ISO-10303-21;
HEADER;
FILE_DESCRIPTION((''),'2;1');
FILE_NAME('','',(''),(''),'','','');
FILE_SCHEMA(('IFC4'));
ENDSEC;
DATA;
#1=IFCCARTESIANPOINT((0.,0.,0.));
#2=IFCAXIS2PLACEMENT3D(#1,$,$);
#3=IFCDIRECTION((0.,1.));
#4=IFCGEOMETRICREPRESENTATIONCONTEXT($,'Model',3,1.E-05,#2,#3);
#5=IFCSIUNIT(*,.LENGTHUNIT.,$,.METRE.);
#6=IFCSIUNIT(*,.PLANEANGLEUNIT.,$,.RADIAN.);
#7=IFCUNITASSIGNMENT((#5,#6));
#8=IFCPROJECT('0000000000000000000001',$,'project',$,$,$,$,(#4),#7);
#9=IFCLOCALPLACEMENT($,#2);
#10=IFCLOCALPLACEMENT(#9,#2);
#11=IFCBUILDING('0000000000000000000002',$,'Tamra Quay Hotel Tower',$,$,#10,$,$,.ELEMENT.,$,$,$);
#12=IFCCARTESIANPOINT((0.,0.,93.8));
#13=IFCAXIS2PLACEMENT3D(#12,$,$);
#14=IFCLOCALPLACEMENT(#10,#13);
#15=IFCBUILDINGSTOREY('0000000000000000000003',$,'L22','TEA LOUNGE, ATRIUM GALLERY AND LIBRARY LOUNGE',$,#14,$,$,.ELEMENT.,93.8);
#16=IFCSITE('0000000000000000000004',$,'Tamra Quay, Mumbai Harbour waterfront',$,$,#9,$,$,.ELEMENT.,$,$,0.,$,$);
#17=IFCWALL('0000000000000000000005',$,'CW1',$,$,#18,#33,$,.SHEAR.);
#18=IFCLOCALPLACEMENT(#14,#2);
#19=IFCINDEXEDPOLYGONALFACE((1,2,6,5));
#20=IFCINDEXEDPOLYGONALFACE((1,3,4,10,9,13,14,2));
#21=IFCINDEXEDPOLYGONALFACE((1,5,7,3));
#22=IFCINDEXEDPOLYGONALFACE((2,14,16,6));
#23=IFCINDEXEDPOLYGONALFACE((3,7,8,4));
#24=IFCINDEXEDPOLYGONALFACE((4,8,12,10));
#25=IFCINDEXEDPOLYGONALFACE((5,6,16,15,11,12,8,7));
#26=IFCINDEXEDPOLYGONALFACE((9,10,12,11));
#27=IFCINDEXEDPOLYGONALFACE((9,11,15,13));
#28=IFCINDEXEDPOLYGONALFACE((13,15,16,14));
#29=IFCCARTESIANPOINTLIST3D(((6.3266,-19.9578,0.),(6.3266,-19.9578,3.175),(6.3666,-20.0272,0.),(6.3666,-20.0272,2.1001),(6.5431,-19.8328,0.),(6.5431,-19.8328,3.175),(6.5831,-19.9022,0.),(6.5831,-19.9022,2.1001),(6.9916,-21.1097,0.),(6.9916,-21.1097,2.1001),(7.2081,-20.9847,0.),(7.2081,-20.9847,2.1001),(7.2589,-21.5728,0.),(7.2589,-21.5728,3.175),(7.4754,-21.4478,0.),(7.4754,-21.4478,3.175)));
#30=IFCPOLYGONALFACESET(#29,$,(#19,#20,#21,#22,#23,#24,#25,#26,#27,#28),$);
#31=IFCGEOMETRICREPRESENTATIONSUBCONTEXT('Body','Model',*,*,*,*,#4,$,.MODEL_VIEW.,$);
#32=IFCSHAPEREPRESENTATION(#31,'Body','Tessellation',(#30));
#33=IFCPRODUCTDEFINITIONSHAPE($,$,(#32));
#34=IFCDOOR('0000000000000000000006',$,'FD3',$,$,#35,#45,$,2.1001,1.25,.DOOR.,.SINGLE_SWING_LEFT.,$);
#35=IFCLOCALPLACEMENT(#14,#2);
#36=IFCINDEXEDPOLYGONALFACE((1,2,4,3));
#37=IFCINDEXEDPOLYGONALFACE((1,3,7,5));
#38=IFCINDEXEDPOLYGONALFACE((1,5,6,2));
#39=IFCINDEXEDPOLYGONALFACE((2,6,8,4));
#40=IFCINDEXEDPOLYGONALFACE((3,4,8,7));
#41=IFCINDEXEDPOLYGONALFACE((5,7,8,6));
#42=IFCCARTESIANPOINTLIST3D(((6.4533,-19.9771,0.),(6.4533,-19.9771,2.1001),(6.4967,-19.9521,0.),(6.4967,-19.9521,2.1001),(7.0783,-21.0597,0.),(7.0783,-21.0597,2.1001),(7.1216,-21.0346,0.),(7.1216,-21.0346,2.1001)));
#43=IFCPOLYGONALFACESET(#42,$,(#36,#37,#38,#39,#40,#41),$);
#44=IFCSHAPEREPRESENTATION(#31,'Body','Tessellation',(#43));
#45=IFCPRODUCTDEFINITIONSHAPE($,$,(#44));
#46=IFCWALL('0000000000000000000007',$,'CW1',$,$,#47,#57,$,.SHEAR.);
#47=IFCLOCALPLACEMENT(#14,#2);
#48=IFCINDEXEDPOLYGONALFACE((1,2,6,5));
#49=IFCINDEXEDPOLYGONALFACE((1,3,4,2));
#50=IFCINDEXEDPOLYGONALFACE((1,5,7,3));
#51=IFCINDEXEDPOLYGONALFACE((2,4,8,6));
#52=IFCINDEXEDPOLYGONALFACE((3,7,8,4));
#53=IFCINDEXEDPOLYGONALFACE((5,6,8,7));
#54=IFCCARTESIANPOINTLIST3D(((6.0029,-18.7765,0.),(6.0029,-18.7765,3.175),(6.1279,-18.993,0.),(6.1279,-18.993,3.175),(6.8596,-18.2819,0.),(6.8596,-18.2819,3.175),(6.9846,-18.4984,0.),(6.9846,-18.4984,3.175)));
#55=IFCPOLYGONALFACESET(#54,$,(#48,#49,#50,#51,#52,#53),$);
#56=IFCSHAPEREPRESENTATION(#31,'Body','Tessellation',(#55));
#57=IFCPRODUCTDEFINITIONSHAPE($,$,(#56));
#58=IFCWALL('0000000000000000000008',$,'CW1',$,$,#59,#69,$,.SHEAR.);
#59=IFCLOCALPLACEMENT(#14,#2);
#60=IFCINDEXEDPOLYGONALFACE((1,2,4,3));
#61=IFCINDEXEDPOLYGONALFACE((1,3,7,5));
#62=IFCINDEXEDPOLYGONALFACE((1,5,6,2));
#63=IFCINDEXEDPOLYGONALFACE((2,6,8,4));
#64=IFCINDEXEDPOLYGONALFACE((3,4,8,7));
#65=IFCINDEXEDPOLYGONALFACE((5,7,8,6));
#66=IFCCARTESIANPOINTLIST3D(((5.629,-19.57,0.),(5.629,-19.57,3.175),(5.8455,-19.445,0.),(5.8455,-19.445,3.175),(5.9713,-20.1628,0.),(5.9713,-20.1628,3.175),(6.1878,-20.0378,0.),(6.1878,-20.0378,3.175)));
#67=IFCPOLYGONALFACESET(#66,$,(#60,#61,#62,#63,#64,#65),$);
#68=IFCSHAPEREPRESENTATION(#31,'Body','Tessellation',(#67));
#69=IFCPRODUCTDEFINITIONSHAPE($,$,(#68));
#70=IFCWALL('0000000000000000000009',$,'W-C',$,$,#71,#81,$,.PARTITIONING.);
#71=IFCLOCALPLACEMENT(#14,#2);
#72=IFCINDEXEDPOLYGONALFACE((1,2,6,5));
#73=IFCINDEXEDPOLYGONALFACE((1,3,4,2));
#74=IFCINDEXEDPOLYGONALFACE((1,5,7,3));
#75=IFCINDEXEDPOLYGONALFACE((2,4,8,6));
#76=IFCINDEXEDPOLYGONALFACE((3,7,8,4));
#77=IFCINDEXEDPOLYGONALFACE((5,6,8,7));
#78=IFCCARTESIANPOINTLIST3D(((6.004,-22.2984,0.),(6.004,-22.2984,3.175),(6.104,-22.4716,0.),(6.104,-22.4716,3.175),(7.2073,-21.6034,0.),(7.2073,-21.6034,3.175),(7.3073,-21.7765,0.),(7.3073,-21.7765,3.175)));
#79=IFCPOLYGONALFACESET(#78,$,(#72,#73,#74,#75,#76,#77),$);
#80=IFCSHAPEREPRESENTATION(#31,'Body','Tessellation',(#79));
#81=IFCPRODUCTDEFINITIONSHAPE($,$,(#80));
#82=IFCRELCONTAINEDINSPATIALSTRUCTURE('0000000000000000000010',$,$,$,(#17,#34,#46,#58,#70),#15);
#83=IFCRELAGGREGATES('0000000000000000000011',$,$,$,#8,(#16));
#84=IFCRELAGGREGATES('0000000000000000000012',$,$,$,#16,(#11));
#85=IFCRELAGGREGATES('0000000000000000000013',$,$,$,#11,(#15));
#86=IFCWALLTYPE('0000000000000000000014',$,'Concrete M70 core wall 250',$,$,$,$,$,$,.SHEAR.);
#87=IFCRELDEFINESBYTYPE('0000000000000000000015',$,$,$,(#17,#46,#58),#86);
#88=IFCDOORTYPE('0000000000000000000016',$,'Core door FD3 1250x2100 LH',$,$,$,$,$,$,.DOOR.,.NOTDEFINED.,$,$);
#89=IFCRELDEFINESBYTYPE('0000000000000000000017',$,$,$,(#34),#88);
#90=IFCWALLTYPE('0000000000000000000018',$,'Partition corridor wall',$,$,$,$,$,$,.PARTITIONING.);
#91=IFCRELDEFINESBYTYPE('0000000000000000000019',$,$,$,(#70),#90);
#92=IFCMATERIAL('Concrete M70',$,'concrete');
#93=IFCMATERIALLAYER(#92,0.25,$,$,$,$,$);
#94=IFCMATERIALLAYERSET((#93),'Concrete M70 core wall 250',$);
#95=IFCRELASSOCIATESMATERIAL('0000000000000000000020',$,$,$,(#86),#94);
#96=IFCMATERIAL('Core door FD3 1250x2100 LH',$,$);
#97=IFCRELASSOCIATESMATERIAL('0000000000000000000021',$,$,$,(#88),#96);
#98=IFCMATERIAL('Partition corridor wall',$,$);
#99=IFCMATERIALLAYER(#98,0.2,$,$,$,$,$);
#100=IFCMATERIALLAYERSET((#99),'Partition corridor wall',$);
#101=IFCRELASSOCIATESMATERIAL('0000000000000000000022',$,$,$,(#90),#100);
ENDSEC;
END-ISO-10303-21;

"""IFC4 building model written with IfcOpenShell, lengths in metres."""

from ifc_helpers import new_model, si_unit, direction, frame, frame_2d, origin, place, context, subcontext, project, spatial, rectangle, extrude, material, layer, layer_set, type_object, element, fill, save


model = new_model("IFC4")

# Units and contexts
model_context = context("Model", 3, precision=1e-05, world=origin(), true_north=direction((0.0, 1.0)))
body_context = subcontext(model_context, "Body", "Model", "MODEL_VIEW")
ifc_project = project(units=[si_unit("LENGTHUNIT", "METRE"), si_unit("PLANEANGLEUNIT", "RADIAN")], contexts=[model_context])

# Site, building, storey
site_placement = place(None, origin())
site = spatial("IfcSite", under=ifc_project, at=site_placement, Name="Tamra Quay, Mumbai Harbour waterfront", CompositionType="ELEMENT", RefElevation=0.0)
building_placement = place(site_placement, origin())
building = spatial("IfcBuilding", under=site, at=building_placement, Name="Tamra Quay Hotel Tower", CompositionType="ELEMENT")
storey_placement = place(building_placement, frame((0.0, 0.0, 93.8)))
storey = spatial("IfcBuildingStorey", under=building, at=storey_placement, Name="L22", Description="TEA LOUNGE, ATRIUM GALLERY AND LIBRARY LOUNGE", CompositionType="ELEMENT", Elevation=93.8)

# Shared definitions
ifc_material_1 = material(Name="Concrete M70", Category="concrete")

# Shared definitions
ifc_layer_1 = layer(ifc_material_1, 0.25)
ifc_layer_set_1 = layer_set([ifc_layer_1], Name="Concrete M70 core wall 250")
wall_type_1 = type_object("IfcWallType", Name="Concrete M70 core wall 250", PredefinedType="SHEAR", material=ifc_layer_set_1)

# Wall, opening, door
wall_1_placement = place(storey_placement, frame((7.3672, -21.5103, 0.0), z_axis=(0.0, 0.0, 1.0), x_axis=(-0.499983, 0.866035, 0.0)))
wall_1 = element("IfcWall", 1, at=wall_1_placement, inside=storey, type_object=wall_type_1, Name="CW1", PredefinedType="SHEAR", context=body_context, shape_type="SweptSolid", body=[
    extrude(rectangle(XDim=1.8647, YDim=0.25, at=frame_2d((0.9324, 0.0))), origin(), (0.0, 0.0, 1.0), 3.175),
])
opening_1_placement = place(wall_1_placement, frame((0.5347, 0.0, 0.0)))
opening_1 = element("IfcOpeningElement", 2, at=opening_1_placement, cuts=wall_1, PredefinedType="OPENING", context=body_context, shape_type="SweptSolid", body=[
    extrude(rectangle(XDim=1.25, YDim=2.1001, at=frame_2d((0.625, 1.05))), frame((0.0, 0.135, 0.0), z_axis=(0.0, -1.0, 0.0), x_axis=(1.0, 0.0, 0.0)), (0.0, 0.0, 1.0), 0.27),
])
ifc_material_2 = material(Name="Core door FD3 1250x2100 LH")
door_type_1 = type_object("IfcDoorType", Name="Core door FD3 1250x2100 LH", OperationType="NOTDEFINED", PredefinedType="DOOR", material=ifc_material_2)
door_1_placement = place(opening_1_placement, origin())
door_1 = element("IfcDoor", 3, at=door_1_placement, inside=storey, type_object=door_type_1, Name="FD3", OperationType="SINGLE_SWING_LEFT", OverallHeight=2.1001, OverallWidth=1.25, PredefinedType="DOOR", context=body_context, shape_type="SweptSolid", body=[
    extrude(rectangle(XDim=1.25, YDim=2.1001, at=frame_2d((0.625, 1.05))), frame((0.0, 0.0249, 0.0), z_axis=(0.0, -1.0, 0.0), x_axis=(1.0, 0.0, 0.0)), (0.0, 0.0, 1.0), 0.05),
])
fill(opening_1, door_1)

# Walls
wall_2_placement = place(storey_placement, frame((6.0654, -18.8848, 0.0), z_axis=(0.0, 0.0, 1.0), x_axis=(0.866017, 0.500014, 0.0)))
element("IfcWall", 4, at=wall_2_placement, inside=storey, type_object=wall_type_1, Name="CW1", PredefinedType="SHEAR", context=body_context, shape_type="SweptSolid", body=[
    extrude(rectangle(XDim=0.9893, YDim=0.25, at=frame_2d((0.4946, 0.0))), origin(), (0.0, 0.0, 1.0), 3.175),
])
wall_3_placement = place(storey_placement, frame((6.0796, -20.1003, 0.0), z_axis=(0.0, 0.0, 1.0), x_axis=(-0.500052, 0.865996, 0.0)))
element("IfcWall", 5, at=wall_3_placement, inside=storey, type_object=wall_type_1, Name="CW1", PredefinedType="SHEAR", context=body_context, shape_type="SweptSolid", body=[
    extrude(rectangle(XDim=0.6846, YDim=0.25, at=frame_2d((0.3423, 0.0))), origin(), (0.0, 0.0, 1.0), 3.175),
])
ifc_material_3 = material(Name="Partition corridor wall")
ifc_layer_2 = layer(ifc_material_3, 0.2)
ifc_layer_set_2 = layer_set([ifc_layer_2], Name="Partition corridor wall")
wall_type_2 = type_object("IfcWallType", Name="Partition corridor wall", PredefinedType="PARTITIONING", material=ifc_layer_set_2)
wall_4_placement = place(storey_placement, frame((6.054, -22.385, 0.0), z_axis=(0.0, 0.0, 1.0), x_axis=(0.865931, 0.500163, 0.0)))
element("IfcWall", 6, at=wall_4_placement, inside=storey, type_object=wall_type_2, Name="W-C", PredefinedType="PARTITIONING", context=body_context, shape_type="SweptSolid", body=[
    extrude(rectangle(XDim=1.3896, YDim=0.2, at=frame_2d((0.6948, 0.0))), origin(), (0.0, 0.0, 1.0), 3.175),
])

save(model, "model.ifc")
